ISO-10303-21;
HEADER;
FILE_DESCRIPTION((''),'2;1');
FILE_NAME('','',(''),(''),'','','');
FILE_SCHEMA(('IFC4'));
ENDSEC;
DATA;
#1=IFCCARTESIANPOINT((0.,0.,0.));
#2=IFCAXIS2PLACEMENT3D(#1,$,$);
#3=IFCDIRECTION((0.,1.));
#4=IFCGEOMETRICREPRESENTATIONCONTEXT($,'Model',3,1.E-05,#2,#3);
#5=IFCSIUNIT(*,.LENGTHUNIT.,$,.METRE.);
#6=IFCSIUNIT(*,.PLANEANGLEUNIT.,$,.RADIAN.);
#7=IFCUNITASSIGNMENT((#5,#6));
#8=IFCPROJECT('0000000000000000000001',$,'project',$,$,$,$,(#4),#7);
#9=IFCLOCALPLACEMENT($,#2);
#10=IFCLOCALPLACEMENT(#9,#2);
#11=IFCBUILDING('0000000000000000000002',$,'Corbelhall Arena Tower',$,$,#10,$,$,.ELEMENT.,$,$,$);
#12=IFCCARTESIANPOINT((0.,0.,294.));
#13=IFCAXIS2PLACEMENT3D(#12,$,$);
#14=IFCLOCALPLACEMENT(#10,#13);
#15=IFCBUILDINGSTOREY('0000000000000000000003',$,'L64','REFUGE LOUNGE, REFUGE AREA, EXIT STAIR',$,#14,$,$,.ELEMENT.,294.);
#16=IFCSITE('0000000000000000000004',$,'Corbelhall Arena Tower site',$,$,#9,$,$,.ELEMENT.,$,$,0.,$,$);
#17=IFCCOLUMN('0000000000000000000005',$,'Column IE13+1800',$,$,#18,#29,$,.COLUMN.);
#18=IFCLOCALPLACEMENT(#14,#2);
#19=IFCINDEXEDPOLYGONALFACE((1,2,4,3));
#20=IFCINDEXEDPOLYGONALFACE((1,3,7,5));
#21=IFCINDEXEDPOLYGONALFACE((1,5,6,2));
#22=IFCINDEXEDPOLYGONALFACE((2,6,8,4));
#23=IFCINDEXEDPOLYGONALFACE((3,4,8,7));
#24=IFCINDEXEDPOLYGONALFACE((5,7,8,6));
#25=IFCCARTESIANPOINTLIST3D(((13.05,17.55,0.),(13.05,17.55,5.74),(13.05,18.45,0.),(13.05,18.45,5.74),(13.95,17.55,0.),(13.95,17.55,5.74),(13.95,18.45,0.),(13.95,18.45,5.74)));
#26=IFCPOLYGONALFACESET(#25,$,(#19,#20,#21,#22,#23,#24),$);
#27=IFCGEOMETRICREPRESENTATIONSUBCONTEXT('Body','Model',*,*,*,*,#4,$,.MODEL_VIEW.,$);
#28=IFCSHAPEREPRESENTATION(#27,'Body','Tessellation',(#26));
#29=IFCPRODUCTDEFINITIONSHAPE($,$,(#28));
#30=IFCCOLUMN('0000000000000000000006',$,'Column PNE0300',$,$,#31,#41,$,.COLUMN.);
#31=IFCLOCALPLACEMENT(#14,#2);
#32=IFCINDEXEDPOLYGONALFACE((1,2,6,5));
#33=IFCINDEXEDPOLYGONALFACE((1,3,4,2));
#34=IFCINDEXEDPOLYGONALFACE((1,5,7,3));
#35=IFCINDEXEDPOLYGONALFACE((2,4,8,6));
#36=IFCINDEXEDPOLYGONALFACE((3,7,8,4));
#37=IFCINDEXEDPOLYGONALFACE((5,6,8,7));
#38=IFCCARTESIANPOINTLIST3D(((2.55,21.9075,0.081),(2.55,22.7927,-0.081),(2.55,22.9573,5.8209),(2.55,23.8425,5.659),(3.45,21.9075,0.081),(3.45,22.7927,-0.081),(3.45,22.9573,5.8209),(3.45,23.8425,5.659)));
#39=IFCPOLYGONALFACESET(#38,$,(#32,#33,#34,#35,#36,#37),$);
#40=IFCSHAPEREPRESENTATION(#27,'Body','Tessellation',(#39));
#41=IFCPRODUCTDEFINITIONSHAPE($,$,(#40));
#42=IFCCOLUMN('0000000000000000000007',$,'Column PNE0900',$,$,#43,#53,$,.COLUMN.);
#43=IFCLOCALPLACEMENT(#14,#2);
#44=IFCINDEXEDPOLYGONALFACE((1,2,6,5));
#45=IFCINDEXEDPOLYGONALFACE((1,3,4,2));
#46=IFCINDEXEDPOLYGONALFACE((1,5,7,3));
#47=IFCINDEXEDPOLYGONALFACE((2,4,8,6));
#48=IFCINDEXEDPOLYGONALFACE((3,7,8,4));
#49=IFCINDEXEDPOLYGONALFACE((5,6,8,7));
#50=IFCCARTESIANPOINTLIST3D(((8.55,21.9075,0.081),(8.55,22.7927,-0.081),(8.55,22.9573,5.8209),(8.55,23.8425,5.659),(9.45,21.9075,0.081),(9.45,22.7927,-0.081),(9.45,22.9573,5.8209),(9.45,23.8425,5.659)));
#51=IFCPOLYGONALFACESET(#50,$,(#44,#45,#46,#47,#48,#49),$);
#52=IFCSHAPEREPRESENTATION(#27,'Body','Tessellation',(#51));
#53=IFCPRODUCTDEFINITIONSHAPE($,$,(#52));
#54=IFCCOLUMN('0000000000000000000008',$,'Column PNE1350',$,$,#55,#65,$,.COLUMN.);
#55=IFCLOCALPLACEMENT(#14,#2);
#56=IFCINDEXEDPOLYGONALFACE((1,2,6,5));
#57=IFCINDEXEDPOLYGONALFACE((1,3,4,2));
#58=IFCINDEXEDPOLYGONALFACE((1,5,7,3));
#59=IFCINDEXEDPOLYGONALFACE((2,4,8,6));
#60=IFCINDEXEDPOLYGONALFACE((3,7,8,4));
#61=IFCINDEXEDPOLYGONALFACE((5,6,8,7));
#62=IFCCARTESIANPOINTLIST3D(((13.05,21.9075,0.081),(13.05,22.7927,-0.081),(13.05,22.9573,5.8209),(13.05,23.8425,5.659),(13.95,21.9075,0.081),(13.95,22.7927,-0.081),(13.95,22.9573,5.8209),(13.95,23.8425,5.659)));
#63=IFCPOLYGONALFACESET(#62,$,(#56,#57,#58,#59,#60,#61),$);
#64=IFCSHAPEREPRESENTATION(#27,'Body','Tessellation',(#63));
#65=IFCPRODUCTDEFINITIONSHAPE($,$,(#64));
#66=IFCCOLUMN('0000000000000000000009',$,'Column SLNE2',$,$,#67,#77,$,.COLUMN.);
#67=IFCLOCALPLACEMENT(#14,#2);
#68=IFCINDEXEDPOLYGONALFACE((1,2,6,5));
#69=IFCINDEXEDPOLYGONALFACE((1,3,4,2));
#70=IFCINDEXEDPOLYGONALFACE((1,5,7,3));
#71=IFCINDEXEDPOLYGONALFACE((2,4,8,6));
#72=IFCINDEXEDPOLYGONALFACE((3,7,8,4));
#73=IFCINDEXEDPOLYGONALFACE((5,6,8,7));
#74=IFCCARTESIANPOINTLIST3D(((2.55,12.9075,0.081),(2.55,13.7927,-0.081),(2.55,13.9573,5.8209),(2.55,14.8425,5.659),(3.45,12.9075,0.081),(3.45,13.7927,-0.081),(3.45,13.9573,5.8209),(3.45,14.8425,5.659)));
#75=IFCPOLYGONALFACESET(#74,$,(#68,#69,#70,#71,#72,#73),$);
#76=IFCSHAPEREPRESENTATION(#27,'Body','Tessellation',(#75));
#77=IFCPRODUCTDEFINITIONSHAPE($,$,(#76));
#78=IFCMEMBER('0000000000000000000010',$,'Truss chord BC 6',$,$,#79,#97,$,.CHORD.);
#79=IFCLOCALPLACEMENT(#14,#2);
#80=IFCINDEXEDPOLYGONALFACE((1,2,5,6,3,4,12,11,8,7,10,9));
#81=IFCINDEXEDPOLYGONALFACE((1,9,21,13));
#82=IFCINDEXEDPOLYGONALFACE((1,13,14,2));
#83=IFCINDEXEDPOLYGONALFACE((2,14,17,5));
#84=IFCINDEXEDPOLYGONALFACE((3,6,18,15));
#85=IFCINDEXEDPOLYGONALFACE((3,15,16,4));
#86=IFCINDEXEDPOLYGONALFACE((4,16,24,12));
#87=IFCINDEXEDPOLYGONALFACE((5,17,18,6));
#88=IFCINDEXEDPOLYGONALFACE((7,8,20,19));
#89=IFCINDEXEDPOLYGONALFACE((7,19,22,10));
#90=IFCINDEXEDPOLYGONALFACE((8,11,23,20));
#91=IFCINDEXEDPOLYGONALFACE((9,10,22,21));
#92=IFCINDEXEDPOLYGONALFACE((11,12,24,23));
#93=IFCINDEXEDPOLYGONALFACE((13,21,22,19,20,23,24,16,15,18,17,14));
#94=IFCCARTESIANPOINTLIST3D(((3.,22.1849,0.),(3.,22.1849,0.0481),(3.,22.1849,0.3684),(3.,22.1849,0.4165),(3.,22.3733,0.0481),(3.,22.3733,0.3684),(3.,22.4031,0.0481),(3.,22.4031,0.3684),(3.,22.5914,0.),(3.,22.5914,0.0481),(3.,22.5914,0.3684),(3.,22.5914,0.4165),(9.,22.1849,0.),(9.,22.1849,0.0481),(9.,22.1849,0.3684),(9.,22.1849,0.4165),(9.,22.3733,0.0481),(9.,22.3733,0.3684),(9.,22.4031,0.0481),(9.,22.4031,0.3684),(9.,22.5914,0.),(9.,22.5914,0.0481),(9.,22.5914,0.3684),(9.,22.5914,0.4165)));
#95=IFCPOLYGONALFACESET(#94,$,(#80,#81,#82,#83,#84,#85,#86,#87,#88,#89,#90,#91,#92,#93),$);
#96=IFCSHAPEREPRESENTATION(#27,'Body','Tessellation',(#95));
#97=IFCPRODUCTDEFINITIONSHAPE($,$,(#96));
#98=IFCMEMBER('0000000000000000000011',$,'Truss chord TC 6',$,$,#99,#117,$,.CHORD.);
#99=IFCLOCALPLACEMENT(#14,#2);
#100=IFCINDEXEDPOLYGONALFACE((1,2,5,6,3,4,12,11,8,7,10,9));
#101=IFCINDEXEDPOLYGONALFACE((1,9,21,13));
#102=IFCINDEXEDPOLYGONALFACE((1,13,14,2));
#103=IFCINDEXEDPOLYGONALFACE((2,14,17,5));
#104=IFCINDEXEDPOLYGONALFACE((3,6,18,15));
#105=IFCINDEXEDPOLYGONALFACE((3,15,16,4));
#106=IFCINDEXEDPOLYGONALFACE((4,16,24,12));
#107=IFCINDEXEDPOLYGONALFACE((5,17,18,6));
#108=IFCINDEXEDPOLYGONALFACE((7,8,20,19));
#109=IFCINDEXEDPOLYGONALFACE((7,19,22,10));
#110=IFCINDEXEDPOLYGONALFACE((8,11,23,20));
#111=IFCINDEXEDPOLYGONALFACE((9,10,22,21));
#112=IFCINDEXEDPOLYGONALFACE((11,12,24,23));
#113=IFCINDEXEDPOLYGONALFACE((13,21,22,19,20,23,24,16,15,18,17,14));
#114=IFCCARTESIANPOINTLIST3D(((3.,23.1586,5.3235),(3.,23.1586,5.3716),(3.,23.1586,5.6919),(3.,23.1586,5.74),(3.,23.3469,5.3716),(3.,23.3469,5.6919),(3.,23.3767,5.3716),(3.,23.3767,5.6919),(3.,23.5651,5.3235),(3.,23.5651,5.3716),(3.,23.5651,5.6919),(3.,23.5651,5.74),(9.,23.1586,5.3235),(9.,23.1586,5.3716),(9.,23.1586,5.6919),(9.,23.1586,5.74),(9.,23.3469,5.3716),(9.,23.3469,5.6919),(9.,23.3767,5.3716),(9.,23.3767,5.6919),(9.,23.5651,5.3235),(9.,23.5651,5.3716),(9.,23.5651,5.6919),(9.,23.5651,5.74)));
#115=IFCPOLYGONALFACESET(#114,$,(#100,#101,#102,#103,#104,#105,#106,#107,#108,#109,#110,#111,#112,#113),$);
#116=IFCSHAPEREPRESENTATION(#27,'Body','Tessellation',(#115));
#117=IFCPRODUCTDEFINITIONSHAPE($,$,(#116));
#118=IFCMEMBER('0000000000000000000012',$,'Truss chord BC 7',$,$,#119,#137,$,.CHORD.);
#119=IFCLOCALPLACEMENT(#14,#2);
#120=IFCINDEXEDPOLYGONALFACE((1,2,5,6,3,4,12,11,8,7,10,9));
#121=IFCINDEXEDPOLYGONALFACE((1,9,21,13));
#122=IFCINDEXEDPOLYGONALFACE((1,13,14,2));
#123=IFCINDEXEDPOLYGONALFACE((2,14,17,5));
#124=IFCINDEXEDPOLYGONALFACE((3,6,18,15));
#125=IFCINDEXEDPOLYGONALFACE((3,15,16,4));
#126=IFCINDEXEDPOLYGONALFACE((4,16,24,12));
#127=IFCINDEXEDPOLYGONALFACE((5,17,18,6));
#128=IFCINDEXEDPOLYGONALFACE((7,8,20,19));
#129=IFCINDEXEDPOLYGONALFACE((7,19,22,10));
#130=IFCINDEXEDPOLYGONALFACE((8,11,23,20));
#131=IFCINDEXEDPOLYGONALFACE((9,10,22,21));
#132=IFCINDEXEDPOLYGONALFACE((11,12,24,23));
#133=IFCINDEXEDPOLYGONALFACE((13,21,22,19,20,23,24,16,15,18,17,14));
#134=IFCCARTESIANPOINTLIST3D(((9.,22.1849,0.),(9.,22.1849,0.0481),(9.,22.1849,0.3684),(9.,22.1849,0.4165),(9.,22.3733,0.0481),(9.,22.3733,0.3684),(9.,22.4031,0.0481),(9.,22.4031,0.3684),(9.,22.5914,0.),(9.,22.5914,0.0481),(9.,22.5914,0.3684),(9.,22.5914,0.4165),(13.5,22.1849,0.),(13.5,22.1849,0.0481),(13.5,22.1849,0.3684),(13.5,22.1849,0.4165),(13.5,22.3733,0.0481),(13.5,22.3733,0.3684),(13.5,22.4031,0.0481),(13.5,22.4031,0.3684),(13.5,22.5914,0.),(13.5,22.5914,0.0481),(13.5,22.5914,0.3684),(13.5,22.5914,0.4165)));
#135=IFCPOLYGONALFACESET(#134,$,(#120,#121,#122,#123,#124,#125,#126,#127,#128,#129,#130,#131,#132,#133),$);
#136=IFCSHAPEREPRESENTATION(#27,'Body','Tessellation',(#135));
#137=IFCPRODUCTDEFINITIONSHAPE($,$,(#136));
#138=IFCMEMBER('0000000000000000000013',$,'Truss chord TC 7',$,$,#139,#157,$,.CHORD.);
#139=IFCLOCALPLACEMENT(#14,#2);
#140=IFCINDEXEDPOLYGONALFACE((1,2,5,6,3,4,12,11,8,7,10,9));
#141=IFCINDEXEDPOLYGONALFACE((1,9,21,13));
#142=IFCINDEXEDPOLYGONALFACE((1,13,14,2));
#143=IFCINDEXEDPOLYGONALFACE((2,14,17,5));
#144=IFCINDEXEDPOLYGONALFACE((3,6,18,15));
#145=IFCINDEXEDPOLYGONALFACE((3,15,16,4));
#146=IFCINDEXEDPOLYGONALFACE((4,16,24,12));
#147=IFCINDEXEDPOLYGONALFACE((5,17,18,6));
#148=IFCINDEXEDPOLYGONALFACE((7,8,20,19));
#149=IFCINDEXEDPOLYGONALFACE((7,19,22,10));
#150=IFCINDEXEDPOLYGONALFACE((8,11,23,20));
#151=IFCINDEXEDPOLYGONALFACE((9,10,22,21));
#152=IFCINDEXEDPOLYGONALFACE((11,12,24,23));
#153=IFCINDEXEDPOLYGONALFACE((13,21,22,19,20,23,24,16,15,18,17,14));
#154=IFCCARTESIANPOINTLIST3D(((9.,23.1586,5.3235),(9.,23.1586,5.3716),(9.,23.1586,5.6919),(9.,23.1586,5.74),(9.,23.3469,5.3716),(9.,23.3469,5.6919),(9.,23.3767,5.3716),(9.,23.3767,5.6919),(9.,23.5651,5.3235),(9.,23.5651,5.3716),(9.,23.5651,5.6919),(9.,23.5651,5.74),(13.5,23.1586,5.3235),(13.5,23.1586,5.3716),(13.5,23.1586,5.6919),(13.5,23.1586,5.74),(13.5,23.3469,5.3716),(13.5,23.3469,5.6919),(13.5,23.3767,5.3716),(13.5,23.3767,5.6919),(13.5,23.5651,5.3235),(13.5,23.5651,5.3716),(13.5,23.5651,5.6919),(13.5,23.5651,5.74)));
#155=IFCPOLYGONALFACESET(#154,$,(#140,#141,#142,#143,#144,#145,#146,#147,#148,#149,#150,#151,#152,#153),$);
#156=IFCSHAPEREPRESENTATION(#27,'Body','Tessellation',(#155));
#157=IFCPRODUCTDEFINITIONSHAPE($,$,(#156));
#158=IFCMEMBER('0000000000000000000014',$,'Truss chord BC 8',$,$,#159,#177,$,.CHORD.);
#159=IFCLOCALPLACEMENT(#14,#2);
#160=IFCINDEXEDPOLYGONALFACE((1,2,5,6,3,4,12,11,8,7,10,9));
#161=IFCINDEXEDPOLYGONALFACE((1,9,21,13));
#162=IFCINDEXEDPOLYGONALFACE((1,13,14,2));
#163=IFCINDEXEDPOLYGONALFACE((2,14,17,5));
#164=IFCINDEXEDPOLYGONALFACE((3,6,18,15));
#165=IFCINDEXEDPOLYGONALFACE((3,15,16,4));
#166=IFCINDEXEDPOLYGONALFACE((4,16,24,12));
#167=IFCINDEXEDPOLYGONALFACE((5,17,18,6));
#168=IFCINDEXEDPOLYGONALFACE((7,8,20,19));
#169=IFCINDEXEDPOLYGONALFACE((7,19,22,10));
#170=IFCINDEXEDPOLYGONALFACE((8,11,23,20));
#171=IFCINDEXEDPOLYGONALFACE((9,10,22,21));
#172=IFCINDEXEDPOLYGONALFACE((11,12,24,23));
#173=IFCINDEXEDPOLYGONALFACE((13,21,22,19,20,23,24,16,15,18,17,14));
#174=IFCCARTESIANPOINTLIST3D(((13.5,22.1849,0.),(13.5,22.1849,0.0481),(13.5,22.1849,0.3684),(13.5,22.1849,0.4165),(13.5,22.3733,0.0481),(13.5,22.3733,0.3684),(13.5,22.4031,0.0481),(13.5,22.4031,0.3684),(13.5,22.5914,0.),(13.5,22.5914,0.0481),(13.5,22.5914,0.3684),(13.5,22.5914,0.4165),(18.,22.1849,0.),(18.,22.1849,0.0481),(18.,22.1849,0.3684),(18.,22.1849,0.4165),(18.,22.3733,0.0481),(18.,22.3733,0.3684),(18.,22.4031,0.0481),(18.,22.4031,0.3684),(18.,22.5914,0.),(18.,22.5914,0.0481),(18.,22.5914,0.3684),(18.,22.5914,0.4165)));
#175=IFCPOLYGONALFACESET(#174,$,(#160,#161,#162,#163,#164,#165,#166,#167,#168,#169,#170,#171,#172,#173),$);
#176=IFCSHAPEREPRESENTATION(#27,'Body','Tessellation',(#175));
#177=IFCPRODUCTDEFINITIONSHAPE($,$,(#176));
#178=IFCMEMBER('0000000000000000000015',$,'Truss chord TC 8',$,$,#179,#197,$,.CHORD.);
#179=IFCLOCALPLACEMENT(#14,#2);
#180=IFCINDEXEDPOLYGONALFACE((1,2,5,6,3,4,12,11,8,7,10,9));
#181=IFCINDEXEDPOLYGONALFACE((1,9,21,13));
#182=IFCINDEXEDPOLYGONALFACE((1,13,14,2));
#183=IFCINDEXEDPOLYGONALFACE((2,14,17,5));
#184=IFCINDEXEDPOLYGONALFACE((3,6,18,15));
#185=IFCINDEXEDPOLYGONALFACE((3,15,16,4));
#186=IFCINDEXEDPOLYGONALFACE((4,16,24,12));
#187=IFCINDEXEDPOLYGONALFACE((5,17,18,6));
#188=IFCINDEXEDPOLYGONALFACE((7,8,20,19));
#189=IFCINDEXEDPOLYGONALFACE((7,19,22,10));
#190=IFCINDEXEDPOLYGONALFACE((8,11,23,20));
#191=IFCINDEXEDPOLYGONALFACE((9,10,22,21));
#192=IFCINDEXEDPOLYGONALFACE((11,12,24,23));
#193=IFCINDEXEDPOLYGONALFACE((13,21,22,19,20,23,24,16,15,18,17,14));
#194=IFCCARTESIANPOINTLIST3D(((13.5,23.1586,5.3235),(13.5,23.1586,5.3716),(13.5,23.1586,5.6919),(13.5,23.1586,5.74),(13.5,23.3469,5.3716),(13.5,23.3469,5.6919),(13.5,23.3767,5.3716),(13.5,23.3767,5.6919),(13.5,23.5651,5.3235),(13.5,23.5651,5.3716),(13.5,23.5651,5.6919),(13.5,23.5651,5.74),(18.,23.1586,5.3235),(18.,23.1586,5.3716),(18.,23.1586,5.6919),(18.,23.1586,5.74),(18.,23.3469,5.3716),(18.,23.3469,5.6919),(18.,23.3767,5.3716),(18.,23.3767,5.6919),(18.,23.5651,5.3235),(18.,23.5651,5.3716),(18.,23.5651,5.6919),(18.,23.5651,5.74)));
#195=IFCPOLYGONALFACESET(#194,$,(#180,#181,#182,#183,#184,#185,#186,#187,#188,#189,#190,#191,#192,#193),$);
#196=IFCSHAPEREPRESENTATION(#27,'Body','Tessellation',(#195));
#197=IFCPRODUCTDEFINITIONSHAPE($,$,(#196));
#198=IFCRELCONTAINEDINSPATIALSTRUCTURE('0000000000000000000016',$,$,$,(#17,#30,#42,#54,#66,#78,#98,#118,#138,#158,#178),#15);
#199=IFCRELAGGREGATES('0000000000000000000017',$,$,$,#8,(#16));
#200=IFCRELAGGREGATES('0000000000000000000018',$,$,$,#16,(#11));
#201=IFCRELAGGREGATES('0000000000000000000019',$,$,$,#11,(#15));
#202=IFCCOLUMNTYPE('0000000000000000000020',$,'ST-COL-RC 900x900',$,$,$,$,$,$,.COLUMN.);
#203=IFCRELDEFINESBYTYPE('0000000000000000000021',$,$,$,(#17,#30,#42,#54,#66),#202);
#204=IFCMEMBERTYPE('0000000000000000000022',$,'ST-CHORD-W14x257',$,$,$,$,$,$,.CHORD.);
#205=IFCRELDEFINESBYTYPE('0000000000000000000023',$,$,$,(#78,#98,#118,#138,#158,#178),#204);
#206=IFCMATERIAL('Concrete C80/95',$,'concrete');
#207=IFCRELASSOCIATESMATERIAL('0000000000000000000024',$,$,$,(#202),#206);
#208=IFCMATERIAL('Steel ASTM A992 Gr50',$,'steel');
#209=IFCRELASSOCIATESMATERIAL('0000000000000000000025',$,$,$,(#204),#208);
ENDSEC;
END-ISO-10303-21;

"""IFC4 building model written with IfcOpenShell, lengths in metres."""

from ifc_helpers import new_model, si_unit, direction, frame, origin, origin_2d, place, context, subcontext, project, spatial, rectangle, i_section, extrude, material, material_profile, profile_set, type_object, element, save


model = new_model("IFC4")

# Units and contexts
model_context = context("Model", 3, precision=1e-05, world=origin(), true_north=direction((0.0, 1.0)))
body_context = subcontext(model_context, "Body", "Model", "MODEL_VIEW")
ifc_project = project(units=[si_unit("LENGTHUNIT", "METRE"), si_unit("PLANEANGLEUNIT", "RADIAN")], contexts=[model_context])

# Site, building, storey
site_placement = place(None, origin())
site = spatial("IfcSite", under=ifc_project, at=site_placement, Name="Corbelhall Arena Tower site", CompositionType="ELEMENT", RefElevation=0.0)
building_placement = place(site_placement, origin())
building = spatial("IfcBuilding", under=site, at=building_placement, Name="Corbelhall Arena Tower", CompositionType="ELEMENT")
storey_placement = place(building_placement, frame((0.0, 0.0, 294.0)))
storey = spatial("IfcBuildingStorey", under=building, at=storey_placement, Name="L64", Description="REFUGE LOUNGE, REFUGE AREA, EXIT STAIR", CompositionType="ELEMENT", Elevation=294.0)

# Columns
ifc_material_1 = material(Name="Concrete C80/95", Category="concrete")
ifc_material_profile_1 = material_profile(ifc_material_1, rectangle(XDim=0.8999, YDim=0.8999, at=origin_2d()))
ifc_profile_set_1 = profile_set([ifc_material_profile_1], Name="Concrete C80/95")
column_type = type_object("IfcColumnType", Name="ST-COL-RC 900x900", PredefinedType="COLUMN", material=ifc_profile_set_1)
column_placement = place(storey_placement, frame((13.5, 18.0, 0.0), z_axis=(0.0, 0.0, 1.0), x_axis=(1.0, 0.0, 0.0)))
element("IfcColumn", 1, at=column_placement, inside=storey, type_object=column_type, Name="Column IE13+1800", PredefinedType="COLUMN", context=body_context, shape_type="SweptSolid", body=[
    extrude(rectangle(XDim=0.8999, YDim=0.8999, at=origin_2d()), origin(), (0.0, 0.0, 1.0), 5.74),
])
for number, where, z_axis, x_axis, name in (
    (2, (3.0, 22.3501, 0.0), (0.0, 0.179909, 0.983683), (-1.0, 0.0, 0.0), "Column PNE0300"),
    (3, (9.0, 22.3501, 0.0), (0.0, 0.179909, 0.983683), (-1.0, 0.0, 0.0), "Column PNE0900"),
    (4, (13.5, 22.3501, 0.0), (0.0, 0.179909, 0.983683), (-1.0, 0.0, 0.0), "Column PNE1350"),
    (5, (3.0, 13.3501, 0.0), (0.0, 0.179909, 0.983683), (-1.0, 0.0, 0.0), "Column SLNE2"),
):
    element("IfcColumn", number, at=place(storey_placement, frame(where, z_axis=z_axis, x_axis=x_axis)), inside=storey, type_object=column_type, Name=name, PredefinedType="COLUMN", context=body_context, shape_type="SweptSolid", body=[
        extrude(rectangle(XDim=0.8999, YDim=0.8999, at=origin_2d()), origin(), (0.0, 0.0, 1.0), 5.8352),
    ])

# Members
ifc_material_2 = material(Name="Steel ASTM A992 Gr50", Category="steel")
ifc_material_profile_2 = material_profile(ifc_material_2, i_section(OverallWidth=0.4065, OverallDepth=0.4165, WebThickness=0.0298, FlangeThickness=0.0481, at=origin_2d()))
ifc_profile_set_2 = profile_set([ifc_material_profile_2], Name="Steel ASTM A992 Gr50")
member_type_1 = type_object("IfcMemberType", Name="ST-CHORD-W14x257", PredefinedType="CHORD", material=ifc_profile_set_2)
for number, where, z_axis, x_axis, name in (
    (6, (3.0, 22.3882, 0.2083), (1.0, 0.0, 0.0), (0.0, 1.0, 0.0), "Truss chord BC 6"),
    (7, (3.0, 23.3618, 5.5317), (1.0, 0.0, 0.0), (0.0, 1.0, 0.0), "Truss chord TC 6"),
):
    element("IfcMember", number, at=place(storey_placement, frame(where, z_axis=z_axis, x_axis=x_axis)), inside=storey, type_object=member_type_1, Name=name, PredefinedType="CHORD", context=body_context, shape_type="SweptSolid", body=[
        extrude(i_section(OverallWidth=0.4065, OverallDepth=0.4165, WebThickness=0.0298, FlangeThickness=0.0481, at=origin_2d()), origin(), (0.0, 0.0, 1.0), 6.0),
    ])
for number, where, z_axis, x_axis, name in (
    (8, (9.0, 22.3882, 0.2083), (1.0, 0.0, 0.0), (0.0, 1.0, 0.0), "Truss chord BC 7"),
    (9, (9.0, 23.3618, 5.5317), (1.0, 0.0, 0.0), (0.0, 1.0, 0.0), "Truss chord TC 7"),
    (10, (13.5, 22.3882, 0.2083), (1.0, 0.0, 0.0), (0.0, 1.0, 0.0), "Truss chord BC 8"),
    (11, (13.5, 23.3618, 5.5317), (1.0, 0.0, 0.0), (0.0, 1.0, 0.0), "Truss chord TC 8"),
):
    element("IfcMember", number, at=place(storey_placement, frame(where, z_axis=z_axis, x_axis=x_axis)), inside=storey, type_object=member_type_1, Name=name, PredefinedType="CHORD", context=body_context, shape_type="SweptSolid", body=[
        extrude(i_section(OverallWidth=0.4065, OverallDepth=0.4165, WebThickness=0.0298, FlangeThickness=0.0481, at=origin_2d()), origin(), (0.0, 0.0, 1.0), 4.5),
    ])

save(model, "model.ifc")
